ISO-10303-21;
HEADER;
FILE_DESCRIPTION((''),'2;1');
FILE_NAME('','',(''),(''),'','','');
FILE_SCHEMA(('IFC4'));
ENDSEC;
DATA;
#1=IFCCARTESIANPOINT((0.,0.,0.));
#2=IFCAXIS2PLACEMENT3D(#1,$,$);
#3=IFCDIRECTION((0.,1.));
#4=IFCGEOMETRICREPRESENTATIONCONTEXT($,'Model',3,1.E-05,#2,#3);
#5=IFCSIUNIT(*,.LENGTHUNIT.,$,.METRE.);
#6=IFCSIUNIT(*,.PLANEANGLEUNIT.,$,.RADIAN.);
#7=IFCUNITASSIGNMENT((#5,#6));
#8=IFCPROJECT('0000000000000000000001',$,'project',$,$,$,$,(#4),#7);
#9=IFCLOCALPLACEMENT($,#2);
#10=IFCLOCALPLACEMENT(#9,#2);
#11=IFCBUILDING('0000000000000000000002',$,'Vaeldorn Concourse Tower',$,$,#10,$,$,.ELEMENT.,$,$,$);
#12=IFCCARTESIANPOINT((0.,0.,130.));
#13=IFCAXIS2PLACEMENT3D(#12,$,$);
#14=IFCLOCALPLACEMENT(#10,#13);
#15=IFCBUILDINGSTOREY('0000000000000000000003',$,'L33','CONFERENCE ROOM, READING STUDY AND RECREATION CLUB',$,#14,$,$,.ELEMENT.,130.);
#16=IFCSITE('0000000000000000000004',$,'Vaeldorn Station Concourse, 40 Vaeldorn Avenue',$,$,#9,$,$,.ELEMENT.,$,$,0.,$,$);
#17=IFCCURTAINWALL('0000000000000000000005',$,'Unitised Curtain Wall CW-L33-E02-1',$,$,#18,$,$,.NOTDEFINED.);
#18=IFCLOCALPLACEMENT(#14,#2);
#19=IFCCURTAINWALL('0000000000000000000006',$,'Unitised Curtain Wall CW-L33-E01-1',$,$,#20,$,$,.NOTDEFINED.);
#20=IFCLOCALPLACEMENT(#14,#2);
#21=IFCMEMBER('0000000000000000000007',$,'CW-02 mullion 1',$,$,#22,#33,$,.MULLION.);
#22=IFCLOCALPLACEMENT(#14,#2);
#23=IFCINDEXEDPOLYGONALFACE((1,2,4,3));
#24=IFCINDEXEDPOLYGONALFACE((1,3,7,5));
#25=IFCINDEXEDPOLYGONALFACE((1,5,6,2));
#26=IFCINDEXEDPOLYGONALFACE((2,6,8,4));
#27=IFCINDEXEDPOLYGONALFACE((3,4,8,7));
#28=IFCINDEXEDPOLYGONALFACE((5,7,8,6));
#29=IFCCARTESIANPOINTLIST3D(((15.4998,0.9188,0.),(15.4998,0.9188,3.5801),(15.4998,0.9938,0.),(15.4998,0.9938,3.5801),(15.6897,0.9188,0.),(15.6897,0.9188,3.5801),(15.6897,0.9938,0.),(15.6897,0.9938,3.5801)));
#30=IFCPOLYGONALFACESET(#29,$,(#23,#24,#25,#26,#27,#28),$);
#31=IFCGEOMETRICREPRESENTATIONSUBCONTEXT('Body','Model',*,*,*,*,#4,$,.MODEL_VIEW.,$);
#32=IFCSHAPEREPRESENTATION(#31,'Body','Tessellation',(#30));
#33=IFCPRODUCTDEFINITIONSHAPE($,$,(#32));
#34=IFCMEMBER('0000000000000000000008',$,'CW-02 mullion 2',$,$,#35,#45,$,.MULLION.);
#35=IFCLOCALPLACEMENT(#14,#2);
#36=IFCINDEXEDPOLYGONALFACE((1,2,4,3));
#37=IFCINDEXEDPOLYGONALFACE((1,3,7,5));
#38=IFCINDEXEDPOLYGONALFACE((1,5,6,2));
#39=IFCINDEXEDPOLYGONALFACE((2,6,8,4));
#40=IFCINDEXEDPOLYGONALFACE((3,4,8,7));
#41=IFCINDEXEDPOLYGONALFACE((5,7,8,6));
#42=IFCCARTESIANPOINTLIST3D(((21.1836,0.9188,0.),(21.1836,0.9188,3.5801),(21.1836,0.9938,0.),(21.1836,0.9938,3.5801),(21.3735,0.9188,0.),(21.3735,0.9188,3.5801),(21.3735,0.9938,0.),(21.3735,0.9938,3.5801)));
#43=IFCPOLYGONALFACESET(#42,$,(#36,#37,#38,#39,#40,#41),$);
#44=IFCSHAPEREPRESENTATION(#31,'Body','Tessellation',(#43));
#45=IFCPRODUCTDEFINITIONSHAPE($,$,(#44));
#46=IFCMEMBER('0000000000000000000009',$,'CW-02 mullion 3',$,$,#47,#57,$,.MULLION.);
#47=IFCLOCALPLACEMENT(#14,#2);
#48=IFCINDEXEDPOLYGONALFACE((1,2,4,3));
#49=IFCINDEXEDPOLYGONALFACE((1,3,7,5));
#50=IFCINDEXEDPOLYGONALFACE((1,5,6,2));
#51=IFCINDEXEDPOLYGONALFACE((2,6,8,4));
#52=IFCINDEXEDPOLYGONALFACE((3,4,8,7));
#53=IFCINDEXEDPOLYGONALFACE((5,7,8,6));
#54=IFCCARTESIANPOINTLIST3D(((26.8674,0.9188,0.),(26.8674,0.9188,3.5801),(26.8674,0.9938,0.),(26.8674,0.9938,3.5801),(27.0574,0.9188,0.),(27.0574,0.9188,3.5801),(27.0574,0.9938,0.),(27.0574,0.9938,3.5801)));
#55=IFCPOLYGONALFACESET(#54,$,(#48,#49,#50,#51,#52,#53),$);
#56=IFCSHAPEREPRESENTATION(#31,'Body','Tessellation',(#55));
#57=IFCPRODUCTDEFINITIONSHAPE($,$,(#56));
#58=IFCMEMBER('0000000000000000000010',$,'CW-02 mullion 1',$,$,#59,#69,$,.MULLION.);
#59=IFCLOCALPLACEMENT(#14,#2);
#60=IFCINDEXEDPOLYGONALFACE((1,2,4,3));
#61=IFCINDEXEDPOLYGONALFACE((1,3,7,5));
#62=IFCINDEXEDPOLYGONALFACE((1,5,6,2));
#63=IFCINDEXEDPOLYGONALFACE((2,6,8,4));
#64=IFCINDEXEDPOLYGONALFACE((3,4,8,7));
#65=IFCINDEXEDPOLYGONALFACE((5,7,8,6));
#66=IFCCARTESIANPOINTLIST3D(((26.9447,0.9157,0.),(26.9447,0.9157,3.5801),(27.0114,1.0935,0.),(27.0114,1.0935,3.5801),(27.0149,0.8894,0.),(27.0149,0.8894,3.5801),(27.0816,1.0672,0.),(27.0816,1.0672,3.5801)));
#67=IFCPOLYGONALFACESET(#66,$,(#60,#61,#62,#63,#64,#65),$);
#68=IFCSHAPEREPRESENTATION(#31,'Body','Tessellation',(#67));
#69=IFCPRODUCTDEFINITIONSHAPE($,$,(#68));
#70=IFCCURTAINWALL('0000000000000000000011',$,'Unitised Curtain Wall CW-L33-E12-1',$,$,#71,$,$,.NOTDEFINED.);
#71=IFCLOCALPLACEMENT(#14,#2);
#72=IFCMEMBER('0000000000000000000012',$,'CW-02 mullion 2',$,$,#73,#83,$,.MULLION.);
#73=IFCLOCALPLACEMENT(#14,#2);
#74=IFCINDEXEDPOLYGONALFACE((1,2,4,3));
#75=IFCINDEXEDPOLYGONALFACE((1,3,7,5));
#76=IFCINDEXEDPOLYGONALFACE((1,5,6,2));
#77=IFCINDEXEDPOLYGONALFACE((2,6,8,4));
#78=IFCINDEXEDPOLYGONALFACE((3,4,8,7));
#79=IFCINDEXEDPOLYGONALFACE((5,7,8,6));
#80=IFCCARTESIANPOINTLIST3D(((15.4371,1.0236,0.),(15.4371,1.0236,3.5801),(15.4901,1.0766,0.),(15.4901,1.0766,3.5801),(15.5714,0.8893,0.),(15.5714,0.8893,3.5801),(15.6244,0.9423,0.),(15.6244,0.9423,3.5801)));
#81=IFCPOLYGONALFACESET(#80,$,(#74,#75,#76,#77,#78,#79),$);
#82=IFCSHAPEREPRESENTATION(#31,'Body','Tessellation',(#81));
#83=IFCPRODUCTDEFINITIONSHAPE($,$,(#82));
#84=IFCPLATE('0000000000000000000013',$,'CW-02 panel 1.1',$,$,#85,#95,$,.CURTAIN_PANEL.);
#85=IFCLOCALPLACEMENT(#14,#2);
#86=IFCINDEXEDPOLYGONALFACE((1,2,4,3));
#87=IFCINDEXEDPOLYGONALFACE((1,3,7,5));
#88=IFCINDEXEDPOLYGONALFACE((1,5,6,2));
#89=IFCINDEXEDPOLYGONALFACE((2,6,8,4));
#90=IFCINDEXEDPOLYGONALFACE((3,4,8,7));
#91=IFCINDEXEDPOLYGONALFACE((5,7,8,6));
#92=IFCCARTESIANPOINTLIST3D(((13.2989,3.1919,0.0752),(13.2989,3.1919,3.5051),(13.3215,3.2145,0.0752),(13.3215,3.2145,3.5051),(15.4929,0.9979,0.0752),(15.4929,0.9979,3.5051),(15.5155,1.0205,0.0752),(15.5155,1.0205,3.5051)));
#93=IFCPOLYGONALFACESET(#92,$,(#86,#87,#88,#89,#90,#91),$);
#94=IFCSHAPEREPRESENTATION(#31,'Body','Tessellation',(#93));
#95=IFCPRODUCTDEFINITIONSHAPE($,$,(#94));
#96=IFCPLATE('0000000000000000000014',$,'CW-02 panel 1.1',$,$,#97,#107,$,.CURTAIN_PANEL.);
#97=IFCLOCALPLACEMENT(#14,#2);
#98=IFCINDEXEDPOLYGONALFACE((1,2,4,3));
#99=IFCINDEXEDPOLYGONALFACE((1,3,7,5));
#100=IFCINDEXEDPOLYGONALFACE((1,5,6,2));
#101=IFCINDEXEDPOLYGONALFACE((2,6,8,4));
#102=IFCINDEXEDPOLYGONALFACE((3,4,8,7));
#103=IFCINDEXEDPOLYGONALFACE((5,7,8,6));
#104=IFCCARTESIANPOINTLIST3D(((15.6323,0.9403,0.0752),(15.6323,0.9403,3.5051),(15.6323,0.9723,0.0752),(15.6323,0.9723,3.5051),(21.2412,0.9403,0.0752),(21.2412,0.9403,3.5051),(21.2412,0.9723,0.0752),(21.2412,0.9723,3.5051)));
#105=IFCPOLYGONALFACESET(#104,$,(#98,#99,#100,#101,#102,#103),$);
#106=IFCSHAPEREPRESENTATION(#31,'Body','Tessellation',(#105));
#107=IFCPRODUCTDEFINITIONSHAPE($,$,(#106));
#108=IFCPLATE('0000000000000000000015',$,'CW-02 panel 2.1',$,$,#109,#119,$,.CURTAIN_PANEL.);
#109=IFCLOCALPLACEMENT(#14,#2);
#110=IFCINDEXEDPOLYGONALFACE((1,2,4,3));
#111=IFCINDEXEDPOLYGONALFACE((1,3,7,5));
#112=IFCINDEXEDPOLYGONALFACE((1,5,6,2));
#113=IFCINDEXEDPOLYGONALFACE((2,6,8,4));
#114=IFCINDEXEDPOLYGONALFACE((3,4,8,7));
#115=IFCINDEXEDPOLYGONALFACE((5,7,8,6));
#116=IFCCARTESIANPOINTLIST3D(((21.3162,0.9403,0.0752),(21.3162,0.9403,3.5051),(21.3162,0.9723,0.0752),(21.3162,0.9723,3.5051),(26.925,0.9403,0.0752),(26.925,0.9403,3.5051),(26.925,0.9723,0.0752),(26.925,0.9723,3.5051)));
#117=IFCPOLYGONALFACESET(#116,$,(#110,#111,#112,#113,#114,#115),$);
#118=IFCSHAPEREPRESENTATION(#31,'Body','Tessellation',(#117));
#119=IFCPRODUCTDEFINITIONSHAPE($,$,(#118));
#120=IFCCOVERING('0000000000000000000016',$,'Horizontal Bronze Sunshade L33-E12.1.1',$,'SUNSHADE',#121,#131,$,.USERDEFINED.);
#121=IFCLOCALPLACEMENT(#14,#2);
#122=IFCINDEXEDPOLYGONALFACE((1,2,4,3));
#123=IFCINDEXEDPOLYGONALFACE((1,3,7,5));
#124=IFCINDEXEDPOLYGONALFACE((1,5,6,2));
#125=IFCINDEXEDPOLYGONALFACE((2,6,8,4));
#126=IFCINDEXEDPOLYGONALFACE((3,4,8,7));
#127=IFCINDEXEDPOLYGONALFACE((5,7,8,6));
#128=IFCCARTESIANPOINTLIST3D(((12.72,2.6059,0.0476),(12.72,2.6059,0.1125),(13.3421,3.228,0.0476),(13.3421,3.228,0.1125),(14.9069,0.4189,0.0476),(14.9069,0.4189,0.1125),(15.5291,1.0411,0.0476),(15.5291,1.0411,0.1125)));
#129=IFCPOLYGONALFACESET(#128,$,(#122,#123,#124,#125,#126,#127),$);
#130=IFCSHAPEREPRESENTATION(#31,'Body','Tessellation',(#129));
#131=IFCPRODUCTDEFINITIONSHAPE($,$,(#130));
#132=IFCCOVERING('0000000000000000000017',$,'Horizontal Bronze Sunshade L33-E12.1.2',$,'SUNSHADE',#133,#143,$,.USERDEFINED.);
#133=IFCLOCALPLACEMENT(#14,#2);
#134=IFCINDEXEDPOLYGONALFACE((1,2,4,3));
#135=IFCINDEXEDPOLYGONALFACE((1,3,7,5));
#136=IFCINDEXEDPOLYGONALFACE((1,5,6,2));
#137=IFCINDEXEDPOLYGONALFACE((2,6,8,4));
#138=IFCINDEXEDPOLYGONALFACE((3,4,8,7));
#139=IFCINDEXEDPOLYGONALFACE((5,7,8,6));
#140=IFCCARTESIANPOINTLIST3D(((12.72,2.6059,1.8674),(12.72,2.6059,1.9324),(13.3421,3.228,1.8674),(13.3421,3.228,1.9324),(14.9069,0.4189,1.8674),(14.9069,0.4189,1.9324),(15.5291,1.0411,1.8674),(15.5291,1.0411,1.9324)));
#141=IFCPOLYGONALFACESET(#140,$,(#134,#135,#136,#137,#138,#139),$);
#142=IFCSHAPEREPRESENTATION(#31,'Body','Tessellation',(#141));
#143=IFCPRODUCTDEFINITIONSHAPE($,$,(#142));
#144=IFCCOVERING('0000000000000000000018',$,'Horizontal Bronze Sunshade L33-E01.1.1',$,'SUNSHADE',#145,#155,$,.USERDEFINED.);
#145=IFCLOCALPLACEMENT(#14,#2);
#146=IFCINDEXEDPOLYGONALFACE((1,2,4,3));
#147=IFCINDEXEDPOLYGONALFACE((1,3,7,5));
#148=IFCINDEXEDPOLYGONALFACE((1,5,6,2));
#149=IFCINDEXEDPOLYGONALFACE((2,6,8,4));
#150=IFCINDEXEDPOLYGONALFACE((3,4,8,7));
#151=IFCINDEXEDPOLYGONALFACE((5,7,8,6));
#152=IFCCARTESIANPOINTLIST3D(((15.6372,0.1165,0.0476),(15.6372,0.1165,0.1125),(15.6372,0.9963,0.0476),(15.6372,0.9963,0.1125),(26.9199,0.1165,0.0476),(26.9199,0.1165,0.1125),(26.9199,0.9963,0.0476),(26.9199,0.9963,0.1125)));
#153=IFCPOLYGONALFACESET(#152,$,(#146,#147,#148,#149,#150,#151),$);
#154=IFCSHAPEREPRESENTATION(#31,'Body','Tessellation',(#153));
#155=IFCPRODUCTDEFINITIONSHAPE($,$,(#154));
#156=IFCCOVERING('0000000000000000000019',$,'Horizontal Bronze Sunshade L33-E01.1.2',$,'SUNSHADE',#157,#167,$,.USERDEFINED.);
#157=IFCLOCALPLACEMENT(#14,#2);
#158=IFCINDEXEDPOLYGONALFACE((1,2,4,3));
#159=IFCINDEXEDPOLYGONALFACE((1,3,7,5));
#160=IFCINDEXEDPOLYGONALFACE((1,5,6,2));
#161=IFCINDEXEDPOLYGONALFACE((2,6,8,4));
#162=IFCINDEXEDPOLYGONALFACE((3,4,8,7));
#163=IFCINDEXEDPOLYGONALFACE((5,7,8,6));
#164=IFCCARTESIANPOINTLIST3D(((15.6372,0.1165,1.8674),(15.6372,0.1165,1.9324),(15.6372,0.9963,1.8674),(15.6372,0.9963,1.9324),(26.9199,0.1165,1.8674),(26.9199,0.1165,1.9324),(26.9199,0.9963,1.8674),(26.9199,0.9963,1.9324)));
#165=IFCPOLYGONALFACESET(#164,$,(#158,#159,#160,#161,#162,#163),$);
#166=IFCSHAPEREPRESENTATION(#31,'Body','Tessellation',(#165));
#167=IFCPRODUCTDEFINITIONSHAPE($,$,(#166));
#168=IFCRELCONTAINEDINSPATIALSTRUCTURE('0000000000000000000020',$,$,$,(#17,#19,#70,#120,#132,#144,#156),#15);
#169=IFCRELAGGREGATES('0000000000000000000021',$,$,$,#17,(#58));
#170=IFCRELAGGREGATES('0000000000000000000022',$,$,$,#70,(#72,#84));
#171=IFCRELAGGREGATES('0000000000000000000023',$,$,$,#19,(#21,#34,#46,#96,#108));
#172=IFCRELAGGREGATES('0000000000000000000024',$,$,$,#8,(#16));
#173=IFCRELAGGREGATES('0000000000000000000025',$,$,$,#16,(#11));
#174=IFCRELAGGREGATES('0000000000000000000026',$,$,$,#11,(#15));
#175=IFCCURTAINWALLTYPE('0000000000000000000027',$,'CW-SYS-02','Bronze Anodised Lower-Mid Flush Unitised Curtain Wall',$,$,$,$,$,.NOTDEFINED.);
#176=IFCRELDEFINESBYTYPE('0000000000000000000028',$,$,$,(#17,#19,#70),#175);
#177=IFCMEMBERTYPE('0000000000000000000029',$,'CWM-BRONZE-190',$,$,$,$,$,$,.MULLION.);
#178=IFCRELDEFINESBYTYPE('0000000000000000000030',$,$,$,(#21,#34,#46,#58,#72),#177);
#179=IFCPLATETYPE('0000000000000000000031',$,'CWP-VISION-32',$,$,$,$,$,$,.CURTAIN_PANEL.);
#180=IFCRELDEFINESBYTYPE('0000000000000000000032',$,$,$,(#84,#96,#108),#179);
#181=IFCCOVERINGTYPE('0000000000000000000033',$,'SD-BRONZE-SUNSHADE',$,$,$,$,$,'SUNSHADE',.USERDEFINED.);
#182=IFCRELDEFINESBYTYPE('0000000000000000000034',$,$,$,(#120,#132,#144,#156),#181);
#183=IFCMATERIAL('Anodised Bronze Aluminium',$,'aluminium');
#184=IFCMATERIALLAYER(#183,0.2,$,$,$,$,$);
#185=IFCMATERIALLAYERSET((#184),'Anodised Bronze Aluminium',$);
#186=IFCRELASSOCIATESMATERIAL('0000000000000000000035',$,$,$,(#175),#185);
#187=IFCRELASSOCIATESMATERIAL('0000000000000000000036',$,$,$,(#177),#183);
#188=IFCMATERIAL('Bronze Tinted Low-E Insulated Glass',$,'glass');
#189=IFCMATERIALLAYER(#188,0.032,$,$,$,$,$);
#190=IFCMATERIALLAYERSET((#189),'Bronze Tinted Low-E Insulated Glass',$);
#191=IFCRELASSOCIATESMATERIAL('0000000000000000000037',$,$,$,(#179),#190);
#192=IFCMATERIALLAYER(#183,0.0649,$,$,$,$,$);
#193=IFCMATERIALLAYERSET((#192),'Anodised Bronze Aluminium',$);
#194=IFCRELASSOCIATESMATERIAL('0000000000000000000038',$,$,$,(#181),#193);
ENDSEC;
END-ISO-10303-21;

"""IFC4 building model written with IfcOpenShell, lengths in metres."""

from ifc_helpers import new_model, si_unit, direction, frame, origin, origin_2d, place, context, subcontext, project, spatial, rectangle, extrude, source, transform, mapped, material, layer, layer_set, material_profile, profile_set, type_object, element, aggregate, save


model = new_model("IFC4")

# Units and contexts
model_context = context("Model", 3, precision=1e-05, world=origin(), true_north=direction((0.0, 1.0)))
body_context = subcontext(model_context, "Body", "Model", "MODEL_VIEW")
ifc_project = project(units=[si_unit("LENGTHUNIT", "METRE"), si_unit("PLANEANGLEUNIT", "RADIAN")], contexts=[model_context])

# Site, building, storey
site_placement = place(None, origin())
site = spatial("IfcSite", under=ifc_project, at=site_placement, Name="Vaeldorn Station Concourse, 40 Vaeldorn Avenue", CompositionType="ELEMENT", RefElevation=0.0)
building_placement = place(site_placement, origin())
building = spatial("IfcBuilding", under=site, at=building_placement, Name="Vaeldorn Concourse Tower", CompositionType="ELEMENT")
storey_placement = place(building_placement, frame((0.0, 0.0, 130.0)))
storey = spatial("IfcBuildingStorey", under=building, at=storey_placement, Name="L33", Description="CONFERENCE ROOM, READING STUDY AND RECREATION CLUB", CompositionType="ELEMENT", Elevation=130.0)

# Curtain walls, members
ifc_material_1 = material(Name="Anodised Bronze Aluminium", Category="aluminium")
ifc_layer_1 = layer(ifc_material_1, 0.2)
ifc_layer_set_1 = layer_set([ifc_layer_1], Name="Anodised Bronze Aluminium")
curtain_wall_type = type_object("IfcCurtainWallType", Name="CW-SYS-02", Description="Bronze Anodised Lower-Mid Flush Unitised Curtain Wall", PredefinedType="NOTDEFINED", material=ifc_layer_set_1)
curtain_wall_1_placement = place(storey_placement, origin())
curtain_wall_1 = element("IfcCurtainWall", 1, at=curtain_wall_1_placement, inside=storey, type_object=curtain_wall_type, Name="Unitised Curtain Wall CW-L33-E02-1", PredefinedType="NOTDEFINED")
curtain_wall_2_placement = place(storey_placement, origin())
curtain_wall_2 = element("IfcCurtainWall", 2, at=curtain_wall_2_placement, inside=storey, type_object=curtain_wall_type, Name="Unitised Curtain Wall CW-L33-E01-1", PredefinedType="NOTDEFINED")
ifc_material_profile_1 = material_profile(ifc_material_1, rectangle(XDim=0.075, YDim=0.1899, at=origin_2d()), Name="CWM 75x190")
ifc_profile_set_1 = profile_set([ifc_material_profile_1], Name="Anodised Bronze Aluminium")
member_type_1 = type_object("IfcMemberType", Name="CWM-BRONZE-190", PredefinedType="MULLION", material=ifc_profile_set_1)
shared_shape_1 = source(origin(), body_context, "Body", "SweptSolid", [
    extrude(rectangle(XDim=0.075, YDim=0.1899, at=origin_2d()), origin(), (0.0, 0.0, 1.0), 3.5801),
])
member_1_placement = place(storey_placement, frame((15.5947, 0.9563, 0.0), z_axis=(0.0, 0.0, 1.0), x_axis=(0.0, 1.0, 0.0)))
member_1 = element("IfcMember", 3, at=member_1_placement, type_object=member_type_1, Name="CW-02 mullion 1", PredefinedType="MULLION", context=body_context, shape_type="MappedRepresentation", body=[
    mapped(shared_shape_1, transform((0.0, 0.0, 0.0), scale=1.0)),
])
member_2_placement = place(storey_placement, frame((21.2786, 0.9563, 0.0), z_axis=(0.0, 0.0, 1.0), x_axis=(0.0, 1.0, 0.0)))
member_2 = element("IfcMember", 4, at=member_2_placement, type_object=member_type_1, Name="CW-02 mullion 2", PredefinedType="MULLION", context=body_context, shape_type="MappedRepresentation", body=[
    mapped(shared_shape_1, transform((0.0, 0.0, 0.0), scale=1.0)),
])
member_3_placement = place(storey_placement, frame((26.9624, 0.9563, 0.0), z_axis=(0.0, 0.0, 1.0), x_axis=(0.0, 1.0, 0.0)))
member_3 = element("IfcMember", 5, at=member_3_placement, type_object=member_type_1, Name="CW-02 mullion 3", PredefinedType="MULLION", context=body_context, shape_type="MappedRepresentation", body=[
    mapped(shared_shape_1, transform((0.0, 0.0, 0.0), scale=1.0)),
])

# Member
member_4_placement = place(storey_placement, frame((27.0132, 0.9915, 0.0), z_axis=(0.0, 0.0, 1.0), x_axis=(-0.936329, 0.351123, 0.0)))
member_4 = element("IfcMember", 6, at=member_4_placement, type_object=member_type_1, Name="CW-02 mullion 1", PredefinedType="MULLION", context=body_context, shape_type="MappedRepresentation", body=[
    mapped(shared_shape_1, transform((0.0, 0.0, 0.0), scale=1.0)),
])
aggregate(curtain_wall_1, [member_4])

# Curtain wall, member, plate
curtain_wall_3_placement = place(storey_placement, origin())
curtain_wall_3 = element("IfcCurtainWall", 7, at=curtain_wall_3_placement, inside=storey, type_object=curtain_wall_type, Name="Unitised Curtain Wall CW-L33-E12-1", PredefinedType="NOTDEFINED")
member_5_placement = place(storey_placement, frame((15.5308, 0.9829, 0.0), z_axis=(0.0, 0.0, 1.0), x_axis=(0.707107, 0.707107, 0.0)))
member_5 = element("IfcMember", 8, at=member_5_placement, type_object=member_type_1, Name="CW-02 mullion 2", PredefinedType="MULLION", context=body_context, shape_type="MappedRepresentation", body=[
    mapped(shared_shape_1, transform((0.0, 0.0, 0.0), scale=1.0)),
])
ifc_material_2 = material(Name="Bronze Tinted Low-E Insulated Glass", Category="glass")
ifc_layer_2 = layer(ifc_material_2, 0.032)
ifc_layer_set_2 = layer_set([ifc_layer_2], Name="Bronze Tinted Low-E Insulated Glass")
plate_type = type_object("IfcPlateType", Name="CWP-VISION-32", PredefinedType="CURTAIN_PANEL", material=ifc_layer_set_2)
shared_shape_2 = source(origin(), body_context, "Body", "SweptSolid", [
    extrude(rectangle(XDim=3.1028, YDim=0.032, at=origin_2d()), origin(), (0.0, 0.0, 1.0), 3.4299),
])
plate_1_placement = place(storey_placement, frame((14.4072, 2.1062, 0.0752), z_axis=(0.0, 0.0, 1.0), x_axis=(0.707107, -0.707107, 0.0)))
plate_1 = element("IfcPlate", 9, at=plate_1_placement, type_object=plate_type, Name="CW-02 panel 1.1", PredefinedType="CURTAIN_PANEL", context=body_context, shape_type="MappedRepresentation", body=[
    mapped(shared_shape_2, transform((0.0, 0.0, 0.0), scale=1.0)),
])
aggregate(curtain_wall_3, [member_5, plate_1])

# Plates
shared_shape_3 = source(origin(), body_context, "Body", "SweptSolid", [
    extrude(rectangle(XDim=5.6089, YDim=0.032, at=origin_2d()), origin(), (0.0, 0.0, 1.0), 3.4299),
])
plate_2_placement = place(storey_placement, frame((18.4368, 0.9563, 0.0752), z_axis=(0.0, 0.0, 1.0), x_axis=(1.0, 0.0, 0.0)))
plate_2 = element("IfcPlate", 10, at=plate_2_placement, type_object=plate_type, Name="CW-02 panel 1.1", PredefinedType="CURTAIN_PANEL", context=body_context, shape_type="MappedRepresentation", body=[
    mapped(shared_shape_3, transform((0.0, 0.0, 0.0), scale=1.0)),
])
plate_3_placement = place(storey_placement, frame((24.1206, 0.9563, 0.0752), z_axis=(0.0, 0.0, 1.0), x_axis=(1.0, 0.0, 0.0)))
plate_3 = element("IfcPlate", 11, at=plate_3_placement, type_object=plate_type, Name="CW-02 panel 2.1", PredefinedType="CURTAIN_PANEL", context=body_context, shape_type="MappedRepresentation", body=[
    mapped(shared_shape_3, transform((0.0, 0.0, 0.0), scale=1.0)),
])
aggregate(curtain_wall_2, [member_1, member_2, member_3, plate_2, plate_3])

# Coverings
ifc_layer_3 = layer(ifc_material_1, 0.0649)
ifc_layer_set_3 = layer_set([ifc_layer_3], Name="Anodised Bronze Aluminium")
covering_type = type_object("IfcCoveringType", Name="SD-BRONZE-SUNSHADE", ElementType="SUNSHADE", PredefinedType="USERDEFINED", material=ifc_layer_set_3)
shared_shape_4 = source(origin(), body_context, "Body", "SweptSolid", [
    extrude(rectangle(XDim=3.0928, YDim=0.8799, at=origin_2d()), origin(), (0.0, 0.0, 1.0), 0.0649),
])
for number, where, z_axis, x_axis, name in (
    (12, (14.1245, 1.8235, 0.0476), (0.0, 0.0, 1.0), (0.707107, -0.707107, 0.0), "Horizontal Bronze Sunshade L33-E12.1.1"),
    (13, (14.1245, 1.8235, 1.8674), (0.0, 0.0, 1.0), (0.707107, -0.707107, 0.0), "Horizontal Bronze Sunshade L33-E12.1.2"),
):
    element("IfcCovering", number, at=place(storey_placement, frame(where, z_axis=z_axis, x_axis=x_axis)), inside=storey, type_object=covering_type, Name=name, ObjectType="SUNSHADE", PredefinedType="USERDEFINED", context=body_context, shape_type="MappedRepresentation", body=[
        mapped(shared_shape_4, transform((0.0, 0.0, 0.0), scale=1.0)),
    ])
shared_shape_5 = source(origin(), body_context, "Body", "SweptSolid", [
    extrude(rectangle(XDim=11.2827, YDim=0.8799, at=origin_2d()), origin(), (0.0, 0.0, 1.0), 0.0649),
])
for number, where, z_axis, x_axis, name in (
    (14, (21.2786, 0.5564, 0.0476), (0.0, 0.0, 1.0), (1.0, 0.0, 0.0), "Horizontal Bronze Sunshade L33-E01.1.1"),
    (15, (21.2786, 0.5564, 1.8674), (0.0, 0.0, 1.0), (1.0, 0.0, 0.0), "Horizontal Bronze Sunshade L33-E01.1.2"),
):
    element("IfcCovering", number, at=place(storey_placement, frame(where, z_axis=z_axis, x_axis=x_axis)), inside=storey, type_object=covering_type, Name=name, ObjectType="SUNSHADE", PredefinedType="USERDEFINED", context=body_context, shape_type="MappedRepresentation", body=[
        mapped(shared_shape_5, transform((0.0, 0.0, 0.0), scale=1.0)),
    ])

save(model, "model.ifc")
